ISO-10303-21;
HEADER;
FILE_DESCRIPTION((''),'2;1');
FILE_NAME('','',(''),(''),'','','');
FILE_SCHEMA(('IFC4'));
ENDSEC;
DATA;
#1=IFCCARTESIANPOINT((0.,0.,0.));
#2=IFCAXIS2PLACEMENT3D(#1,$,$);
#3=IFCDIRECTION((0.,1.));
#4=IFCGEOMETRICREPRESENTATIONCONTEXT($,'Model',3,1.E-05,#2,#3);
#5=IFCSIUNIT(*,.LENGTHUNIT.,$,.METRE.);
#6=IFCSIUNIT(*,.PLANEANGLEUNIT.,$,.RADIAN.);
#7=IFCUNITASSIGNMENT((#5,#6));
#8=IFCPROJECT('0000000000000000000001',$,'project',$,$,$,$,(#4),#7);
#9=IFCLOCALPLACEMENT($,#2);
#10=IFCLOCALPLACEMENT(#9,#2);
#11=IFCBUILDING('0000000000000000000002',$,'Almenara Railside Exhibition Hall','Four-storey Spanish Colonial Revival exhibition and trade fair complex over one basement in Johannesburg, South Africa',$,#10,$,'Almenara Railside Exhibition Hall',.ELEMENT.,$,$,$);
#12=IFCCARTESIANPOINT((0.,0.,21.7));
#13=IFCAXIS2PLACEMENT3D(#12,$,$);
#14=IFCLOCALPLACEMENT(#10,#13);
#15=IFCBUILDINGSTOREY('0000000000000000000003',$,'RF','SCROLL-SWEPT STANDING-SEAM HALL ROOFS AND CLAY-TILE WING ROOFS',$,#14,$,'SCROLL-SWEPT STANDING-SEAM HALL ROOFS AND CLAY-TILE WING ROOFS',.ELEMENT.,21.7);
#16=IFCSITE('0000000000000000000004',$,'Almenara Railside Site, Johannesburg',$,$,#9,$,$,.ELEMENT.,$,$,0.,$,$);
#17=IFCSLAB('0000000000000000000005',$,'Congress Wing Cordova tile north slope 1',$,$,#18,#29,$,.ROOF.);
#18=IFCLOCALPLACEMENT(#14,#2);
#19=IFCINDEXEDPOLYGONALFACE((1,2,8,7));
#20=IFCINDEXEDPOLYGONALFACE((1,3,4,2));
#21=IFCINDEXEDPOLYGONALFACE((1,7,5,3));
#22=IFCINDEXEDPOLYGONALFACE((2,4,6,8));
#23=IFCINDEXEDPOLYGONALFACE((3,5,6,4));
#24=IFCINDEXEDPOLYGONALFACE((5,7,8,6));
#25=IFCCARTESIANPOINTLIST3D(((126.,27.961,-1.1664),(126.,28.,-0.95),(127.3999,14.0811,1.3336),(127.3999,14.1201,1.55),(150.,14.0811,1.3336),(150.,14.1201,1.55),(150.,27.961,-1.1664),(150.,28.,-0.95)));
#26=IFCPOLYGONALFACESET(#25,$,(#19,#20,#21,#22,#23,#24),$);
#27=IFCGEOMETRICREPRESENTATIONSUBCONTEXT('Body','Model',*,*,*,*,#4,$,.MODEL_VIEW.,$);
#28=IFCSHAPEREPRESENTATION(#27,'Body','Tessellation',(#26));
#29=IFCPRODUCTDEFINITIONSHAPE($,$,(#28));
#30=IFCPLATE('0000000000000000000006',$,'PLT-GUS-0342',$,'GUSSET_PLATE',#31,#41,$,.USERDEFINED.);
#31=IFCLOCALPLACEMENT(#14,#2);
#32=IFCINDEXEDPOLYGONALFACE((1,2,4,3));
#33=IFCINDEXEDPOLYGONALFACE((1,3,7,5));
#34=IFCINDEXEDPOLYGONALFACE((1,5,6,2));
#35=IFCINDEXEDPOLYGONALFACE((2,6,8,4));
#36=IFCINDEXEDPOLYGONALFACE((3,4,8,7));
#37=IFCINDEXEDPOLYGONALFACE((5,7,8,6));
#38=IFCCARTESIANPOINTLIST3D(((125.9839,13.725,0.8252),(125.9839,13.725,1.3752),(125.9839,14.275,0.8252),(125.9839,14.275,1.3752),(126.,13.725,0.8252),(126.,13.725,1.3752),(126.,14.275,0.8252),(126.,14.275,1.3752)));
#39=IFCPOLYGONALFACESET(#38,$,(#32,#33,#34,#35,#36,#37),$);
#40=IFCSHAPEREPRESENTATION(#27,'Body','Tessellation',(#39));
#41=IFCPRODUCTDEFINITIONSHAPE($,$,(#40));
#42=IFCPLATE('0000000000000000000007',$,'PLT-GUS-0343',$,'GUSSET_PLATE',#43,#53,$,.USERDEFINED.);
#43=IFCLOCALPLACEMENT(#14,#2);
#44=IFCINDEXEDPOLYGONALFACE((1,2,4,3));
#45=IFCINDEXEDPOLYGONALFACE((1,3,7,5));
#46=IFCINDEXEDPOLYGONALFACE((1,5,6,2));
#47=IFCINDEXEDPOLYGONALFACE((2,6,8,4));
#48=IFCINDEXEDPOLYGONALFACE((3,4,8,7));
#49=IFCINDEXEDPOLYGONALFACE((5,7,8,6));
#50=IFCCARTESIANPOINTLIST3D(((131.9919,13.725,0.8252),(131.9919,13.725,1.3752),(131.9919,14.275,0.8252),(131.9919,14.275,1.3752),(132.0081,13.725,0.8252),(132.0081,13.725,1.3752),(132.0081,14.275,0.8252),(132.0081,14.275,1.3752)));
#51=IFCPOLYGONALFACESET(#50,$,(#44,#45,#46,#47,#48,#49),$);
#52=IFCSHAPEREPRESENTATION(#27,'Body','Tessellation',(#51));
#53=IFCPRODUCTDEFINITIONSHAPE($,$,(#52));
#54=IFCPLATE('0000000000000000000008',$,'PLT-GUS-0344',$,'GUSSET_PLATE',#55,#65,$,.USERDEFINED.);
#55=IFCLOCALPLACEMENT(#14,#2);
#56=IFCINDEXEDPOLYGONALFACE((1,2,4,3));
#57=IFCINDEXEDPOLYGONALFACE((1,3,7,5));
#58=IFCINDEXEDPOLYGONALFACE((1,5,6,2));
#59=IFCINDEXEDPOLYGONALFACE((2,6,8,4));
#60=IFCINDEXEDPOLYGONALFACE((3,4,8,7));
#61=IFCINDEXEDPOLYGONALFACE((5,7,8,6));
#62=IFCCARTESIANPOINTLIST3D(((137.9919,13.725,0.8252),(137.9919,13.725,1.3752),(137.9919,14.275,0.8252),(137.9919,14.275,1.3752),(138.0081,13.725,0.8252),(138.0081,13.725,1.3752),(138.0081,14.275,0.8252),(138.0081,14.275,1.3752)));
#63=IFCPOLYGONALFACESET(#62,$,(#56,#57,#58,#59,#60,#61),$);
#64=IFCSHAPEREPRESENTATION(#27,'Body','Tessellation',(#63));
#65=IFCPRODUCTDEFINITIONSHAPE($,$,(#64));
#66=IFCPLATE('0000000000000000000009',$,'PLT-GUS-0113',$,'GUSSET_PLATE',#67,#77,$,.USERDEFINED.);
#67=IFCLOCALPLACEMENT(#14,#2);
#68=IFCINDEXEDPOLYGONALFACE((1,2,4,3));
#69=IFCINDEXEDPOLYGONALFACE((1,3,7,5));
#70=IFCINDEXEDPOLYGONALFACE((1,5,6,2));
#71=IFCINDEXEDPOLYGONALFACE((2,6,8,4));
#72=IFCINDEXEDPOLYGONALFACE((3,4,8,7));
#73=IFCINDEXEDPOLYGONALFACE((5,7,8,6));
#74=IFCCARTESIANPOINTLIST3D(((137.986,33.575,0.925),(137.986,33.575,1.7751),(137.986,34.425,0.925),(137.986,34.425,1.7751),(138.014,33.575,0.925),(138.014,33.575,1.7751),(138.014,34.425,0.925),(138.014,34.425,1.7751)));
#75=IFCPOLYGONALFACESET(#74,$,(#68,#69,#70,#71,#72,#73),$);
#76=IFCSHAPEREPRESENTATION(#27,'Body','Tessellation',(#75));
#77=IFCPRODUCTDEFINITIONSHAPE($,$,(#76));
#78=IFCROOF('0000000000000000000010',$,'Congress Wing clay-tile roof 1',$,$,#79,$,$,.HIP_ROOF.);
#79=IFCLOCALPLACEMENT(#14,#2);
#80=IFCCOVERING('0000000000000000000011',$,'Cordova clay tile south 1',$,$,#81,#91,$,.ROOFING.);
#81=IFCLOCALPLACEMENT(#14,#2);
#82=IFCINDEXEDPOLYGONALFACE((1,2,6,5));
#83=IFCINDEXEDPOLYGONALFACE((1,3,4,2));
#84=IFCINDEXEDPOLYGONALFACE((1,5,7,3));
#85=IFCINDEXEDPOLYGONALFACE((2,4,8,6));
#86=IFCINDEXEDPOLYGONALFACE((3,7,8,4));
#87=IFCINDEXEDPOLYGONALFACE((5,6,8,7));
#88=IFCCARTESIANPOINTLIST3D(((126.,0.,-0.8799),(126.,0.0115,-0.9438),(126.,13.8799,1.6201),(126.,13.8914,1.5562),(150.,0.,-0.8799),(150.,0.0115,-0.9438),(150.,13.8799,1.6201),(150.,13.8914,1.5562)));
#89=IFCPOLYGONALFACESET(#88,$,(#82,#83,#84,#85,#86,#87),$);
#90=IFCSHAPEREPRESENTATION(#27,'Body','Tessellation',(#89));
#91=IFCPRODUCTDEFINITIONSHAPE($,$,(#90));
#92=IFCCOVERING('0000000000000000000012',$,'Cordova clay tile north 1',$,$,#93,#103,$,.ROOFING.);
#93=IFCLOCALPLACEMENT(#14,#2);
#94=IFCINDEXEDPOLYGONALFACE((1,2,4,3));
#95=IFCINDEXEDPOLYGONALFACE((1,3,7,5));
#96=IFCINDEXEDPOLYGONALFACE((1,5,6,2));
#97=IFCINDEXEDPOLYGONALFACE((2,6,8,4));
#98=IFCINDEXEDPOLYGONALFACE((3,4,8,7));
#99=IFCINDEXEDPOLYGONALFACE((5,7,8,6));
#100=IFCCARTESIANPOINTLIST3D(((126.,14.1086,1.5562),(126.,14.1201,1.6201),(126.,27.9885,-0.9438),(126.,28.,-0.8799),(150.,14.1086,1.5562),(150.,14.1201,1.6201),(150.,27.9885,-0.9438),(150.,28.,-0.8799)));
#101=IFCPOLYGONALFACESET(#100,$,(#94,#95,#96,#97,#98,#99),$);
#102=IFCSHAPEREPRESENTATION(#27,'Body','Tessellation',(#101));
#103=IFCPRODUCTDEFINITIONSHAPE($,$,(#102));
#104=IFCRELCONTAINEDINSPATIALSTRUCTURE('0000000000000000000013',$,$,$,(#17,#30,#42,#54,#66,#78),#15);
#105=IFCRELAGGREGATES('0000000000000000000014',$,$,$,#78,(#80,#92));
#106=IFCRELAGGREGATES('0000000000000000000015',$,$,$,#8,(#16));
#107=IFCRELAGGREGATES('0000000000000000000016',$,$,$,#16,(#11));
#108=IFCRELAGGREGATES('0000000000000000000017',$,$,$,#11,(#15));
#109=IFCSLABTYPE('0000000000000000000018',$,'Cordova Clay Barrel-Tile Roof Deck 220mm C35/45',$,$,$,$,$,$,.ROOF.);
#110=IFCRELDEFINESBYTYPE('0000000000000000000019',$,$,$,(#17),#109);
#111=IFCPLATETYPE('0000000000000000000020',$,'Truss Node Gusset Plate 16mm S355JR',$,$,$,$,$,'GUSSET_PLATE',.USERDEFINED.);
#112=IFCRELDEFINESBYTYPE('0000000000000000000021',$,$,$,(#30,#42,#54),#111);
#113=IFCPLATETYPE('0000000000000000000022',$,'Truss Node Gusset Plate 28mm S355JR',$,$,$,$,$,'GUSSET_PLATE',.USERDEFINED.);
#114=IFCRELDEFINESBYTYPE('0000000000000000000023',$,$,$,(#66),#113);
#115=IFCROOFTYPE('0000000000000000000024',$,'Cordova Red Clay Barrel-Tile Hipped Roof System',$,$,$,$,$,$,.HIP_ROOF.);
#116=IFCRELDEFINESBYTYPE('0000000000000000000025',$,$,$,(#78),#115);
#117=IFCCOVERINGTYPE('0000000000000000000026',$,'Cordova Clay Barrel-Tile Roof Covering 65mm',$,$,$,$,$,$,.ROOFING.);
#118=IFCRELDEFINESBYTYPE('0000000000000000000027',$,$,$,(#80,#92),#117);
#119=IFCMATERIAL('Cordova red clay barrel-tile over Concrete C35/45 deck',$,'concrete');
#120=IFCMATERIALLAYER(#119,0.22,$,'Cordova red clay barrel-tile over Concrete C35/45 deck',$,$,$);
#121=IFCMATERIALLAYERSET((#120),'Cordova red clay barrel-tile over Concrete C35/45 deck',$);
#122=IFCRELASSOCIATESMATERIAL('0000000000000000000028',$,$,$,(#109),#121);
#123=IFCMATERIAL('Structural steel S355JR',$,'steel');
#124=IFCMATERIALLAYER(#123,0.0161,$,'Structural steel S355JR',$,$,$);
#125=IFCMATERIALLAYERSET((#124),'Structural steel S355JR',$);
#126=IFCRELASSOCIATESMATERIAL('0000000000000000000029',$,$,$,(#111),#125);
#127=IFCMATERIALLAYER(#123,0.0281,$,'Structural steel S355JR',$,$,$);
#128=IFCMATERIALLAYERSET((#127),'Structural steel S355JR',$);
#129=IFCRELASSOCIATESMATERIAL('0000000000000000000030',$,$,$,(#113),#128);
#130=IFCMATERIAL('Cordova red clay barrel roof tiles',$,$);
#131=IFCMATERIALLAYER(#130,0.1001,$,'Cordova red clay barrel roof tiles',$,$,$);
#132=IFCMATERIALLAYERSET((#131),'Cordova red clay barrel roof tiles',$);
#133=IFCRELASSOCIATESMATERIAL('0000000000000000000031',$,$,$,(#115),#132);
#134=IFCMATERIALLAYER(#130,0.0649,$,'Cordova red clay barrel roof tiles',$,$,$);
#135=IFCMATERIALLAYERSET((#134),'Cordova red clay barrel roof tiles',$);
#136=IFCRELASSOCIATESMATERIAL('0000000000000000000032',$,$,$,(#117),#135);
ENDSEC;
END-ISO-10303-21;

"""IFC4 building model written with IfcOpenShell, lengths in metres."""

from ifc_helpers import new_model, si_unit, direction, frame, origin, origin_2d, place, context, subcontext, project, spatial, polyline, rectangle, outline, extrude, material, layer, layer_set, type_object, element, aggregate, save


model = new_model("IFC4")

# Units and contexts
model_context = context("Model", 3, precision=1e-05, world=origin(), true_north=direction((0.0, 1.0)))
body_context = subcontext(model_context, "Body", "Model", "MODEL_VIEW")
ifc_project = project(units=[si_unit("LENGTHUNIT", "METRE"), si_unit("PLANEANGLEUNIT", "RADIAN")], contexts=[model_context])

# Site, building, storey
site_placement = place(None, origin())
site = spatial("IfcSite", under=ifc_project, at=site_placement, Name="Almenara Railside Site, Johannesburg", CompositionType="ELEMENT", RefElevation=0.0)
building_placement = place(site_placement, origin())
building = spatial("IfcBuilding", under=site, at=building_placement, Name="Almenara Railside Exhibition Hall", Description="Four-storey Spanish Colonial Revival exhibition and trade fair complex over one basement in Johannesburg, South Africa", LongName="Almenara Railside Exhibition Hall", CompositionType="ELEMENT")
storey_placement = place(building_placement, frame((0.0, 0.0, 21.7)))
storey = spatial("IfcBuildingStorey", under=building, at=storey_placement, Name="RF", Description="SCROLL-SWEPT STANDING-SEAM HALL ROOFS AND CLAY-TILE WING ROOFS", LongName="SCROLL-SWEPT STANDING-SEAM HALL ROOFS AND CLAY-TILE WING ROOFS", CompositionType="ELEMENT", Elevation=21.7)

# Shared definitions
ifc_material_1 = material(Name="Structural steel S355JR", Category="steel")

# Slab
ifc_material_2 = material(Name="Cordova red clay barrel-tile over Concrete C35/45 deck", Category="concrete")
ifc_layer_1 = layer(ifc_material_2, 0.22, Name="Cordova red clay barrel-tile over Concrete C35/45 deck")
ifc_layer_set_1 = layer_set([ifc_layer_1], Name="Cordova red clay barrel-tile over Concrete C35/45 deck")
slab_type = type_object("IfcSlabType", Name="Cordova Clay Barrel-Tile Roof Deck 220mm C35/45", PredefinedType="ROOF", material=ifc_layer_set_1)
slab_1_placement = place(storey_placement, frame((127.3999, 14.1201, 1.55), z_axis=(0.0, 0.177264, 0.984163), x_axis=(1.0, 0.0, 0.0)))
element("IfcSlab", 1, at=slab_1_placement, inside=storey, type_object=slab_type, Name="Congress Wing Cordova tile north slope 1", PredefinedType="ROOF", context=body_context, shape_type="SweptSolid", body=[
    extrude(outline(polyline([(0.0, 0.0), (22.6001, 0.0), (22.6001, 14.1032), (-1.3999, 14.1032), (0.0, 0.0)])), origin(), (0.0, 0.0, -1.0), 0.22),
])

# Plates
ifc_layer_2 = layer(ifc_material_1, 0.0161, Name="Structural steel S355JR")
ifc_layer_set_2 = layer_set([ifc_layer_2], Name="Structural steel S355JR")
plate_type_1 = type_object("IfcPlateType", Name="Truss Node Gusset Plate 16mm S355JR", ElementType="GUSSET_PLATE", PredefinedType="USERDEFINED", material=ifc_layer_set_2)
for number, where, z_axis, x_axis, name in (
    (2, (125.9919, 14.0, 0.8252), (0.0, 0.0, 1.0), (0.0, 1.0, 0.0), "PLT-GUS-0342"),
    (3, (132.0, 14.0, 0.8252), (0.0, 0.0, 1.0), (0.0, 1.0, 0.0), "PLT-GUS-0343"),
    (4, (138.0, 14.0, 0.8252), (0.0, 0.0, 1.0), (0.0, 1.0, 0.0), "PLT-GUS-0344"),
):
    element("IfcPlate", number, at=place(storey_placement, frame(where, z_axis=z_axis, x_axis=x_axis)), inside=storey, type_object=plate_type_1, Name=name, ObjectType="GUSSET_PLATE", PredefinedType="USERDEFINED", context=body_context, shape_type="SweptSolid", body=[
        extrude(rectangle(XDim=0.55, YDim=0.0161, at=origin_2d()), origin(), (0.0, 0.0, 1.0), 0.55),
    ])
ifc_layer_3 = layer(ifc_material_1, 0.0281, Name="Structural steel S355JR")
ifc_layer_set_3 = layer_set([ifc_layer_3], Name="Structural steel S355JR")
plate_type_2 = type_object("IfcPlateType", Name="Truss Node Gusset Plate 28mm S355JR", ElementType="GUSSET_PLATE", PredefinedType="USERDEFINED", material=ifc_layer_set_3)
plate_1_placement = place(storey_placement, frame((138.0, 34.0, 0.925), z_axis=(0.0, 0.0, 1.0), x_axis=(0.0, 1.0, 0.0)))
element("IfcPlate", 5, at=plate_1_placement, inside=storey, type_object=plate_type_2, Name="PLT-GUS-0113", ObjectType="GUSSET_PLATE", PredefinedType="USERDEFINED", context=body_context, shape_type="SweptSolid", body=[
    extrude(rectangle(XDim=0.8501, YDim=0.0281, at=origin_2d()), origin(), (0.0, 0.0, 1.0), 0.8501),
])

# Roof, coverings
ifc_material_3 = material(Name="Cordova red clay barrel roof tiles")
ifc_layer_4 = layer(ifc_material_3, 0.1001, Name="Cordova red clay barrel roof tiles")
ifc_layer_set_4 = layer_set([ifc_layer_4], Name="Cordova red clay barrel roof tiles")
roof_type = type_object("IfcRoofType", Name="Cordova Red Clay Barrel-Tile Hipped Roof System", PredefinedType="HIP_ROOF", material=ifc_layer_set_4)
roof_placement = place(storey_placement, origin())
roof = element("IfcRoof", 6, at=roof_placement, inside=storey, type_object=roof_type, Name="Congress Wing clay-tile roof 1", PredefinedType="HIP_ROOF")
ifc_layer_5 = layer(ifc_material_3, 0.0649, Name="Cordova red clay barrel roof tiles")
ifc_layer_set_5 = layer_set([ifc_layer_5], Name="Cordova red clay barrel roof tiles")
covering_type = type_object("IfcCoveringType", Name="Cordova Clay Barrel-Tile Roof Covering 65mm", PredefinedType="ROOFING", material=ifc_layer_set_5)
covering_1_placement = place(storey_placement, frame((126.0, 0.0, -0.8799), z_axis=(0.0, -0.177264, 0.984163), x_axis=(1.0, 0.0, 0.0)))
covering_1 = element("IfcCovering", 7, at=covering_1_placement, type_object=covering_type, Name="Cordova clay tile south 1", PredefinedType="ROOFING", context=body_context, shape_type="SweptSolid", body=[
    extrude(outline(polyline([(0.0, 0.0), (24.0, 0.0), (24.0, 14.1032), (0.0, 14.1032), (0.0, 0.0)])), origin(), (0.0, 0.0, -1.0), 0.0649),
])
covering_2_placement = place(storey_placement, frame((126.0, 14.1201, 1.6201), z_axis=(0.0, 0.177264, 0.984163), x_axis=(1.0, 0.0, 0.0)))
covering_2 = element("IfcCovering", 8, at=covering_2_placement, type_object=covering_type, Name="Cordova clay tile north 1", PredefinedType="ROOFING", context=body_context, shape_type="SweptSolid", body=[
    extrude(outline(polyline([(0.0, 0.0), (24.0, 0.0), (24.0, 14.1032), (0.0, 14.1032), (0.0, 0.0)])), origin(), (0.0, 0.0, -1.0), 0.0649),
])
aggregate(roof, [covering_1, covering_2])

save(model, "model.ifc")
